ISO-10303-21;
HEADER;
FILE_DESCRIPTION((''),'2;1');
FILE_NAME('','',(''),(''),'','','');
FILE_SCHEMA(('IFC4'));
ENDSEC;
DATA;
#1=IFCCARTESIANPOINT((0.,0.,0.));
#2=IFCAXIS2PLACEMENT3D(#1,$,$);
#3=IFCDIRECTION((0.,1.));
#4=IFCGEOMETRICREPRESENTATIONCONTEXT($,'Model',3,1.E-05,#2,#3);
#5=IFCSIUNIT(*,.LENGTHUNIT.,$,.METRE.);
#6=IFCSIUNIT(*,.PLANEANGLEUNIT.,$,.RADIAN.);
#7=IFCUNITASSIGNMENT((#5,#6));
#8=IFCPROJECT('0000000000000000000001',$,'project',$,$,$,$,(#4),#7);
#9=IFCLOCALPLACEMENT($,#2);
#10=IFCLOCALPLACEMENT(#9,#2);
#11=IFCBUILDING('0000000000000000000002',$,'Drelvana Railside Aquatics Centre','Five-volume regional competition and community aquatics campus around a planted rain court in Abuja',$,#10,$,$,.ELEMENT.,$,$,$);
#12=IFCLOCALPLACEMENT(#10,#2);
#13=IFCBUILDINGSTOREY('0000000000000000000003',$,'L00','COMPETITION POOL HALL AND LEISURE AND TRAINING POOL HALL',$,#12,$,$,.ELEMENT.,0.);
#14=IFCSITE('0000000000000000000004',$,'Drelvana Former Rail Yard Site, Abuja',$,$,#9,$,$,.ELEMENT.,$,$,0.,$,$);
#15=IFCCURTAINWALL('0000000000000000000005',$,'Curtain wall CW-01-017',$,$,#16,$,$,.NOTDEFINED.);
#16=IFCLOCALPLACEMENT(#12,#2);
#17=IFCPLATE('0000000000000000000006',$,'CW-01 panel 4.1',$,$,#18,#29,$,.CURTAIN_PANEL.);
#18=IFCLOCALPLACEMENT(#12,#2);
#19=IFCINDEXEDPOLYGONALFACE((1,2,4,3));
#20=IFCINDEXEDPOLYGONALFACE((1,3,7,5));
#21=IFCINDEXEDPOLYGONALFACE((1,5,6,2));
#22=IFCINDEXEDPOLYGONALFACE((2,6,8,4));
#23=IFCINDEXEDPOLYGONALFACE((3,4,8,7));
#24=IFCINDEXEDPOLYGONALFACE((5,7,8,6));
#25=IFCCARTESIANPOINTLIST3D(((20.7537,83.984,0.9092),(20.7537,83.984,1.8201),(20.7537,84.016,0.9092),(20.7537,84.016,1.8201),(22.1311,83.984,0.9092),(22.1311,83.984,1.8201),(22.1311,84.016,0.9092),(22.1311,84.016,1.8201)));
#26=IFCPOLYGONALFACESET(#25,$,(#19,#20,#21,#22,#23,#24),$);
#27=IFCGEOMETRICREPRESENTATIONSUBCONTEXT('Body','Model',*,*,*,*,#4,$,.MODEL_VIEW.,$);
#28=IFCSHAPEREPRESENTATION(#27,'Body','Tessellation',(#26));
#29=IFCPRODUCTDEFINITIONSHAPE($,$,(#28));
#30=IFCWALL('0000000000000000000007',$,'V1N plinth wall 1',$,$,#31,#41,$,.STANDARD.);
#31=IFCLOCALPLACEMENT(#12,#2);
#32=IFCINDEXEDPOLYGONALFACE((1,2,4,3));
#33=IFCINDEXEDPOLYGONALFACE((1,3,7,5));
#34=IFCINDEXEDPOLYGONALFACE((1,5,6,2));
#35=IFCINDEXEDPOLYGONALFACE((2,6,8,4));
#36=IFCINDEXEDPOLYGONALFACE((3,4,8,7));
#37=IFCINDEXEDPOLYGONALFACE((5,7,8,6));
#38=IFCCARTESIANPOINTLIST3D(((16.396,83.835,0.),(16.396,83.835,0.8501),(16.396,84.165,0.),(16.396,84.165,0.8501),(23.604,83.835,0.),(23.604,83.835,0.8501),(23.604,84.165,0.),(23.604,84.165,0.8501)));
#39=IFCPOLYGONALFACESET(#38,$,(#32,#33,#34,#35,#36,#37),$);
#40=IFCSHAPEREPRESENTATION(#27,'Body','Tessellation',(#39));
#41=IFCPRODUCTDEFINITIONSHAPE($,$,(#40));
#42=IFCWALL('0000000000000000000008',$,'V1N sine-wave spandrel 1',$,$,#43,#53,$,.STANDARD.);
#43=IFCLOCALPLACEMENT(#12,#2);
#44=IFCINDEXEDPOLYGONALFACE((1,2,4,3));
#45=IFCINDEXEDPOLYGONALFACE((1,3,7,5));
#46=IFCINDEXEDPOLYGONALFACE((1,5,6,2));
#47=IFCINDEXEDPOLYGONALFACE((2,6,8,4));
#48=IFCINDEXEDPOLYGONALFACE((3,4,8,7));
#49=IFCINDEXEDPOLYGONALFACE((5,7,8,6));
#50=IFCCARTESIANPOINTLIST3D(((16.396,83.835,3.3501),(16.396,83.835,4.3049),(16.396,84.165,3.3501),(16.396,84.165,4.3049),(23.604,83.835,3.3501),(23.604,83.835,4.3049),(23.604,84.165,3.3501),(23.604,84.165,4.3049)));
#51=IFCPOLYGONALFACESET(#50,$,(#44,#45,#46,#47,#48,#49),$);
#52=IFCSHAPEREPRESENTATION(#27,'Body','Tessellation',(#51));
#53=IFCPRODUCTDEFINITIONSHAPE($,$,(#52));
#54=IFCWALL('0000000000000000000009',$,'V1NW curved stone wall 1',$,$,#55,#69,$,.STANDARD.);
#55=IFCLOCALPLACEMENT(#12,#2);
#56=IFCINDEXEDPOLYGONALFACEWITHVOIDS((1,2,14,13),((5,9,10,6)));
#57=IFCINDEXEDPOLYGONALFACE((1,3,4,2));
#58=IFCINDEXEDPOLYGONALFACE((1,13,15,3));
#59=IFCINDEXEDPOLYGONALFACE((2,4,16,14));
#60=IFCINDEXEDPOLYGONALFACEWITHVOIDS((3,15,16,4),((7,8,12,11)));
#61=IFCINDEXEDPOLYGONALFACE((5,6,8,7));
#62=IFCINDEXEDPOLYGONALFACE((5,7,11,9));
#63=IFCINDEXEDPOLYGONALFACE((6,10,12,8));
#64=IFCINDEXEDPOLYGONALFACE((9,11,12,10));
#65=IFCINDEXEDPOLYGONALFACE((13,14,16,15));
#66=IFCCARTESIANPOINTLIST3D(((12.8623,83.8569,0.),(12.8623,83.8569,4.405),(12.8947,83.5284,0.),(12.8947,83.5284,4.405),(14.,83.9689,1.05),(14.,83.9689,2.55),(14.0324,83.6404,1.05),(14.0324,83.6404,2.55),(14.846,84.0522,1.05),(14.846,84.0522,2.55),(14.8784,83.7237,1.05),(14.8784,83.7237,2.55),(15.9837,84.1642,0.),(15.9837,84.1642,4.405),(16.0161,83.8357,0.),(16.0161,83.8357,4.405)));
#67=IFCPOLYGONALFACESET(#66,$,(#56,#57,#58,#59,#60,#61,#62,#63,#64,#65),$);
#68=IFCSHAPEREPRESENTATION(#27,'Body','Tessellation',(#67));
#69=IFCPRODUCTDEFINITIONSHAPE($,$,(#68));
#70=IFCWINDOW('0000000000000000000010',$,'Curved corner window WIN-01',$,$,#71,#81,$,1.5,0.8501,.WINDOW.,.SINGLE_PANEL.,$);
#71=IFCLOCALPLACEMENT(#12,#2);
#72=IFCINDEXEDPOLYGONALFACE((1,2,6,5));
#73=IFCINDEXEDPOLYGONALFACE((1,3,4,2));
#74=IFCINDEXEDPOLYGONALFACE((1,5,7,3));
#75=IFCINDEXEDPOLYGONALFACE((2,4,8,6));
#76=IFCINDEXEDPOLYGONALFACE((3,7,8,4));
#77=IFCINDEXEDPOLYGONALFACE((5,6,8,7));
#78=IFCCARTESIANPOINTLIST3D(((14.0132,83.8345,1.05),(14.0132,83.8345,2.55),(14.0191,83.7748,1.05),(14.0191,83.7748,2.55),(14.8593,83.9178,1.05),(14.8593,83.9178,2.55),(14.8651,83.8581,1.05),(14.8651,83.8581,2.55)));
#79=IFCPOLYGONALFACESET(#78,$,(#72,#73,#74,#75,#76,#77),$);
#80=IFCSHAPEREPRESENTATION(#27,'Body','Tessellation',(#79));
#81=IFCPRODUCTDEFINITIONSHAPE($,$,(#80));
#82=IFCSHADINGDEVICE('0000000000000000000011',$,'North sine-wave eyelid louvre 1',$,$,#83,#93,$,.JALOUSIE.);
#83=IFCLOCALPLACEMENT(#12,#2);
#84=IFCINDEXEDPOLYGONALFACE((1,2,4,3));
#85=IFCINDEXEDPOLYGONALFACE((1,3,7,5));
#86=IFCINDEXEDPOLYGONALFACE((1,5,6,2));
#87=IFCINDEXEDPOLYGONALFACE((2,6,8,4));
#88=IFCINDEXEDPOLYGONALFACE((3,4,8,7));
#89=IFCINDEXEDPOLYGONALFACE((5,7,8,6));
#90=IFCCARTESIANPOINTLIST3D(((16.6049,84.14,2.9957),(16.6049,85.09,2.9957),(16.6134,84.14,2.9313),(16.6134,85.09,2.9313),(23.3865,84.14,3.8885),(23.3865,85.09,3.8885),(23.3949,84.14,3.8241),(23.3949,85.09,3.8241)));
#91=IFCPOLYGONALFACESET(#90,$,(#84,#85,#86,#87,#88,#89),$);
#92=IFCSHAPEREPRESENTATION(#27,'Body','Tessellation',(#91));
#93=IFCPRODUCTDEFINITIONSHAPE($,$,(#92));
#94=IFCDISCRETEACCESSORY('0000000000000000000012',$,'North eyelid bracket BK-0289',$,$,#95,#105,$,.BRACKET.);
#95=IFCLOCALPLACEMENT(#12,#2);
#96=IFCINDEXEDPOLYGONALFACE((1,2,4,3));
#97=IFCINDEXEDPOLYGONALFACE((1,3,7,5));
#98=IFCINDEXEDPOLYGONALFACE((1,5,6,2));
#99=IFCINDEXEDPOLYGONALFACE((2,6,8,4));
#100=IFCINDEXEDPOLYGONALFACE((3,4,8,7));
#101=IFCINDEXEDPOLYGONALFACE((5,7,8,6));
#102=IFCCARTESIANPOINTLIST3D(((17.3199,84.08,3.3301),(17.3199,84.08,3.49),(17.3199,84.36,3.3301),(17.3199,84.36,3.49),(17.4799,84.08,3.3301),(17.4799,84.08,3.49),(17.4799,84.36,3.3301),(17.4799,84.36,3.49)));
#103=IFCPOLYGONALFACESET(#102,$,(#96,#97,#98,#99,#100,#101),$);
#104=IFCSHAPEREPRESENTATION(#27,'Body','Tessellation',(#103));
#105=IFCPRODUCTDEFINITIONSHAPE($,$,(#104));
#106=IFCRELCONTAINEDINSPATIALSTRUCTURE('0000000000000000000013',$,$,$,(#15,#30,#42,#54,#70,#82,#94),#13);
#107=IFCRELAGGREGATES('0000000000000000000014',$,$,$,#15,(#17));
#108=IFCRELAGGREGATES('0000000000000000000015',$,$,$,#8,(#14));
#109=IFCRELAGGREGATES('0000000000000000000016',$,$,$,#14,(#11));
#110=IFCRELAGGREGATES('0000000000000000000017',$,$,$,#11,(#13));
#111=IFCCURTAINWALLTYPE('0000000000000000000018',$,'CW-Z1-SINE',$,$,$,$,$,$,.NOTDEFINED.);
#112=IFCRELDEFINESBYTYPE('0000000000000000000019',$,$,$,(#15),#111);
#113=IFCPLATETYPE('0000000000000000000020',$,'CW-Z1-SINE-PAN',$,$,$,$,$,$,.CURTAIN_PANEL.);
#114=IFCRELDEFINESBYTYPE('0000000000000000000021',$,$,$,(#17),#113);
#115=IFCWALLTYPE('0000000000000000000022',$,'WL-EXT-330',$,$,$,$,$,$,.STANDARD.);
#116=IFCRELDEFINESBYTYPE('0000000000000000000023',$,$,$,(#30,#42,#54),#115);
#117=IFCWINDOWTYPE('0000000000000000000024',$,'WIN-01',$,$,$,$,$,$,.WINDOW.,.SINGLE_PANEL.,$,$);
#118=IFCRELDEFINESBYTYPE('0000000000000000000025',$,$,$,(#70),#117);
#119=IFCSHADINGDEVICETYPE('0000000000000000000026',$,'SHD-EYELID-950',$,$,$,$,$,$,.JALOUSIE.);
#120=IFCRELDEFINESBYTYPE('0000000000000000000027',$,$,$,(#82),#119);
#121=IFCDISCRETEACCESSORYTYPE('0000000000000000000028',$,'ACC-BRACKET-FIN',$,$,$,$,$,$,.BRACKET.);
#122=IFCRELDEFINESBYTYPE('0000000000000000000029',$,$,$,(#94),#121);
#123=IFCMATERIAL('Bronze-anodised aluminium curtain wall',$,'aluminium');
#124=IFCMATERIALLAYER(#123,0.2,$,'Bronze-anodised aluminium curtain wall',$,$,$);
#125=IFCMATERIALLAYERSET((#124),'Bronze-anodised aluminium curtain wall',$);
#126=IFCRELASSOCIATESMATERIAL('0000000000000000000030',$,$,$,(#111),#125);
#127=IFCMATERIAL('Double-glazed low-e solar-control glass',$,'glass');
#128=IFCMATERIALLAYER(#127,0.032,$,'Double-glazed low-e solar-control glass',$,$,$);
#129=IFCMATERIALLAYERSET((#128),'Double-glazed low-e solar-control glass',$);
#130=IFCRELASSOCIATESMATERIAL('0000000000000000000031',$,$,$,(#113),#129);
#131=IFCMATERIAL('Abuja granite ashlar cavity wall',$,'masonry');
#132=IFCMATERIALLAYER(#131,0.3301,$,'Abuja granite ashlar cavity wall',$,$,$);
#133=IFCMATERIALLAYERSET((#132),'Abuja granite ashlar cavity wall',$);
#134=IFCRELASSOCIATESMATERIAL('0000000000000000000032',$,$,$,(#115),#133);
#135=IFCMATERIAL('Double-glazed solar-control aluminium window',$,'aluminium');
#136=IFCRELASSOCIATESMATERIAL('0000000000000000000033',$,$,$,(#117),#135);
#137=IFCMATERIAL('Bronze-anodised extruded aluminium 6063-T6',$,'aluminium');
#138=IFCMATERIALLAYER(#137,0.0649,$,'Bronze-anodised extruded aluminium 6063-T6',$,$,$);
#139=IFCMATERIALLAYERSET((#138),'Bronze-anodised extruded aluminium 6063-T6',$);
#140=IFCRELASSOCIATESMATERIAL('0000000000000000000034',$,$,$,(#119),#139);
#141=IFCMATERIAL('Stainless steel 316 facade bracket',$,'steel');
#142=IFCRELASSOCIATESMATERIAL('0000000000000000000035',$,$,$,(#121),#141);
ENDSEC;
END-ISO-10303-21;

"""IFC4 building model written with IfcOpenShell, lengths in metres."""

from ifc_helpers import new_model, si_unit, direction, frame, frame_2d, origin, origin_2d, place, context, subcontext, project, spatial, rectangle, extrude, material, layer, layer_set, type_object, element, fill, aggregate, save


model = new_model("IFC4")

# Units and contexts
model_context = context("Model", 3, precision=1e-05, world=origin(), true_north=direction((0.0, 1.0)))
body_context = subcontext(model_context, "Body", "Model", "MODEL_VIEW")
ifc_project = project(units=[si_unit("LENGTHUNIT", "METRE"), si_unit("PLANEANGLEUNIT", "RADIAN")], contexts=[model_context])

# Site, building, storey
site_placement = place(None, origin())
site = spatial("IfcSite", under=ifc_project, at=site_placement, Name="Drelvana Former Rail Yard Site, Abuja", CompositionType="ELEMENT", RefElevation=0.0)
building_placement = place(site_placement, origin())
building = spatial("IfcBuilding", under=site, at=building_placement, Name="Drelvana Railside Aquatics Centre", Description="Five-volume regional competition and community aquatics campus around a planted rain court in Abuja", CompositionType="ELEMENT")
storey_placement = place(building_placement, origin())
storey = spatial("IfcBuildingStorey", under=building, at=storey_placement, Name="L00", Description="COMPETITION POOL HALL AND LEISURE AND TRAINING POOL HALL", CompositionType="ELEMENT", Elevation=0.0)

# Curtain wall
ifc_material_1 = material(Name="Bronze-anodised aluminium curtain wall", Category="aluminium")
ifc_layer_1 = layer(ifc_material_1, 0.2, Name="Bronze-anodised aluminium curtain wall")
ifc_layer_set_1 = layer_set([ifc_layer_1], Name="Bronze-anodised aluminium curtain wall")
curtain_wall_type = type_object("IfcCurtainWallType", Name="CW-Z1-SINE", PredefinedType="NOTDEFINED", material=ifc_layer_set_1)
curtain_wall_placement = place(storey_placement, origin())
curtain_wall = element("IfcCurtainWall", 1, at=curtain_wall_placement, inside=storey, type_object=curtain_wall_type, Name="Curtain wall CW-01-017", PredefinedType="NOTDEFINED")

# Plate
ifc_material_2 = material(Name="Double-glazed low-e solar-control glass", Category="glass")
ifc_layer_2 = layer(ifc_material_2, 0.032, Name="Double-glazed low-e solar-control glass")
ifc_layer_set_2 = layer_set([ifc_layer_2], Name="Double-glazed low-e solar-control glass")
plate_type = type_object("IfcPlateType", Name="CW-Z1-SINE-PAN", PredefinedType="CURTAIN_PANEL", material=ifc_layer_set_2)
plate_1_placement = place(storey_placement, frame((21.4424, 84.0, 0.9092), z_axis=(0.0, 0.0, 1.0), x_axis=(1.0, 0.0, 0.0)))
plate_1 = element("IfcPlate", 2, at=plate_1_placement, type_object=plate_type, Name="CW-01 panel 4.1", PredefinedType="CURTAIN_PANEL", context=body_context, shape_type="SweptSolid", body=[
    extrude(rectangle(XDim=1.3774, YDim=0.032, at=origin_2d()), origin(), (0.0, 0.0, 1.0), 0.9109),
])
aggregate(curtain_wall, [plate_1])

# Walls
ifc_material_3 = material(Name="Abuja granite ashlar cavity wall", Category="masonry")
ifc_layer_3 = layer(ifc_material_3, 0.3301, Name="Abuja granite ashlar cavity wall")
ifc_layer_set_3 = layer_set([ifc_layer_3], Name="Abuja granite ashlar cavity wall")
wall_type = type_object("IfcWallType", Name="WL-EXT-330", PredefinedType="STANDARD", material=ifc_layer_set_3)
wall_1_placement = place(storey_placement, frame((16.396, 84.0, 0.0), z_axis=(0.0, 0.0, 1.0), x_axis=(1.0, 0.0, 0.0)))
element("IfcWall", 3, at=wall_1_placement, inside=storey, type_object=wall_type, Name="V1N plinth wall 1", PredefinedType="STANDARD", context=body_context, shape_type="SweptSolid", body=[
    extrude(rectangle(XDim=7.208, YDim=0.3301, at=frame_2d((3.604, 0.0))), origin(), (0.0, 0.0, 1.0), 0.8501),
])
wall_2_placement = place(storey_placement, frame((16.396, 84.0, 3.3501), z_axis=(0.0, 0.0, 1.0), x_axis=(1.0, 0.0, 0.0)))
element("IfcWall", 4, at=wall_2_placement, inside=storey, type_object=wall_type, Name="V1N sine-wave spandrel 1", PredefinedType="STANDARD", context=body_context, shape_type="SweptSolid", body=[
    extrude(rectangle(XDim=7.208, YDim=0.3301, at=frame_2d((3.604, 0.0))), origin(), (0.0, 0.0, 1.0), 0.9548),
])

# Wall, opening, window
wall_3_placement = place(storey_placement, frame((16.0, 84.0, 0.0), z_axis=(0.0, 0.0, 1.0), x_axis=(-0.995186, -0.098001, 0.0)))
wall_3 = element("IfcWall", 5, at=wall_3_placement, inside=storey, type_object=wall_type, Name="V1NW curved stone wall 1", PredefinedType="STANDARD", context=body_context, shape_type="SweptSolid", body=[
    extrude(rectangle(XDim=3.1365, YDim=0.3301, at=frame_2d((1.5684, 0.0))), origin(), (0.0, 0.0, 1.0), 4.405),
])
opening_placement = place(wall_3_placement, frame((1.1433, 0.0, 1.05)))
opening = element("IfcOpeningElement", 6, at=opening_placement, cuts=wall_3, PredefinedType="OPENING", context=body_context, shape_type="SweptSolid", body=[
    extrude(rectangle(XDim=0.8501, YDim=1.5, at=frame_2d((0.425, 0.75))), frame((0.0, 0.175, 0.0), z_axis=(0.0, -1.0, 0.0), x_axis=(1.0, 0.0, 0.0)), (0.0, 0.0, 1.0), 0.3501),
])
ifc_material_4 = material(Name="Double-glazed solar-control aluminium window", Category="aluminium")
window_type = type_object("IfcWindowType", Name="WIN-01", PartitioningType="SINGLE_PANEL", PredefinedType="WINDOW", material=ifc_material_4)
window_placement = place(opening_placement, origin())
window = element("IfcWindow", 7, at=window_placement, inside=storey, type_object=window_type, Name="Curved corner window WIN-01", OverallHeight=1.5, OverallWidth=0.8501, PartitioningType="SINGLE_PANEL", PredefinedType="WINDOW", context=body_context, shape_type="SweptSolid", body=[
    extrude(rectangle(XDim=0.8501, YDim=1.5, at=frame_2d((0.425, 0.75))), frame((0.0, 0.03, 0.0), z_axis=(0.0, -1.0, 0.0), x_axis=(1.0, 0.0, 0.0)), (0.0, 0.0, 1.0), 0.0601),
])
fill(opening, window)

# Shading device
ifc_material_5 = material(Name="Bronze-anodised extruded aluminium 6063-T6", Category="aluminium")
ifc_layer_4 = layer(ifc_material_5, 0.0649, Name="Bronze-anodised extruded aluminium 6063-T6")
ifc_layer_set_4 = layer_set([ifc_layer_4], Name="Bronze-anodised extruded aluminium 6063-T6")
shading_device_type = type_object("IfcShadingDeviceType", Name="SHD-EYELID-950", PredefinedType="JALOUSIE", material=ifc_layer_set_4)
shading_device_placement = place(storey_placement, frame((20.0042, 84.615, 3.3777), z_axis=(-0.130526, 0.0, 0.991445), x_axis=(0.0, 1.0, 0.0)))
element("IfcShadingDevice", 8, at=shading_device_placement, inside=storey, type_object=shading_device_type, Name="North sine-wave eyelid louvre 1", PredefinedType="JALOUSIE", context=body_context, shape_type="SweptSolid", body=[
    extrude(rectangle(XDim=0.95, YDim=6.8401, at=origin_2d()), origin(), (0.0, 0.0, 1.0), 0.0649),
])

# Discrete accessory
ifc_material_6 = material(Name="Stainless steel 316 facade bracket", Category="steel")
discrete_accessory_type = type_object("IfcDiscreteAccessoryType", Name="ACC-BRACKET-FIN", PredefinedType="BRACKET", material=ifc_material_6)
discrete_accessory_placement = place(storey_placement, frame((17.3999, 84.22, 3.3301), z_axis=(0.0, 0.0, 1.0), x_axis=(1.0, 0.0, 0.0)))
element("IfcDiscreteAccessory", 9, at=discrete_accessory_placement, inside=storey, type_object=discrete_accessory_type, Name="North eyelid bracket BK-0289", PredefinedType="BRACKET", context=body_context, shape_type="SweptSolid", body=[
    extrude(rectangle(XDim=0.1599, YDim=0.28, at=origin_2d()), origin(), (0.0, 0.0, 1.0), 0.1599),
])

save(model, "model.ifc")
